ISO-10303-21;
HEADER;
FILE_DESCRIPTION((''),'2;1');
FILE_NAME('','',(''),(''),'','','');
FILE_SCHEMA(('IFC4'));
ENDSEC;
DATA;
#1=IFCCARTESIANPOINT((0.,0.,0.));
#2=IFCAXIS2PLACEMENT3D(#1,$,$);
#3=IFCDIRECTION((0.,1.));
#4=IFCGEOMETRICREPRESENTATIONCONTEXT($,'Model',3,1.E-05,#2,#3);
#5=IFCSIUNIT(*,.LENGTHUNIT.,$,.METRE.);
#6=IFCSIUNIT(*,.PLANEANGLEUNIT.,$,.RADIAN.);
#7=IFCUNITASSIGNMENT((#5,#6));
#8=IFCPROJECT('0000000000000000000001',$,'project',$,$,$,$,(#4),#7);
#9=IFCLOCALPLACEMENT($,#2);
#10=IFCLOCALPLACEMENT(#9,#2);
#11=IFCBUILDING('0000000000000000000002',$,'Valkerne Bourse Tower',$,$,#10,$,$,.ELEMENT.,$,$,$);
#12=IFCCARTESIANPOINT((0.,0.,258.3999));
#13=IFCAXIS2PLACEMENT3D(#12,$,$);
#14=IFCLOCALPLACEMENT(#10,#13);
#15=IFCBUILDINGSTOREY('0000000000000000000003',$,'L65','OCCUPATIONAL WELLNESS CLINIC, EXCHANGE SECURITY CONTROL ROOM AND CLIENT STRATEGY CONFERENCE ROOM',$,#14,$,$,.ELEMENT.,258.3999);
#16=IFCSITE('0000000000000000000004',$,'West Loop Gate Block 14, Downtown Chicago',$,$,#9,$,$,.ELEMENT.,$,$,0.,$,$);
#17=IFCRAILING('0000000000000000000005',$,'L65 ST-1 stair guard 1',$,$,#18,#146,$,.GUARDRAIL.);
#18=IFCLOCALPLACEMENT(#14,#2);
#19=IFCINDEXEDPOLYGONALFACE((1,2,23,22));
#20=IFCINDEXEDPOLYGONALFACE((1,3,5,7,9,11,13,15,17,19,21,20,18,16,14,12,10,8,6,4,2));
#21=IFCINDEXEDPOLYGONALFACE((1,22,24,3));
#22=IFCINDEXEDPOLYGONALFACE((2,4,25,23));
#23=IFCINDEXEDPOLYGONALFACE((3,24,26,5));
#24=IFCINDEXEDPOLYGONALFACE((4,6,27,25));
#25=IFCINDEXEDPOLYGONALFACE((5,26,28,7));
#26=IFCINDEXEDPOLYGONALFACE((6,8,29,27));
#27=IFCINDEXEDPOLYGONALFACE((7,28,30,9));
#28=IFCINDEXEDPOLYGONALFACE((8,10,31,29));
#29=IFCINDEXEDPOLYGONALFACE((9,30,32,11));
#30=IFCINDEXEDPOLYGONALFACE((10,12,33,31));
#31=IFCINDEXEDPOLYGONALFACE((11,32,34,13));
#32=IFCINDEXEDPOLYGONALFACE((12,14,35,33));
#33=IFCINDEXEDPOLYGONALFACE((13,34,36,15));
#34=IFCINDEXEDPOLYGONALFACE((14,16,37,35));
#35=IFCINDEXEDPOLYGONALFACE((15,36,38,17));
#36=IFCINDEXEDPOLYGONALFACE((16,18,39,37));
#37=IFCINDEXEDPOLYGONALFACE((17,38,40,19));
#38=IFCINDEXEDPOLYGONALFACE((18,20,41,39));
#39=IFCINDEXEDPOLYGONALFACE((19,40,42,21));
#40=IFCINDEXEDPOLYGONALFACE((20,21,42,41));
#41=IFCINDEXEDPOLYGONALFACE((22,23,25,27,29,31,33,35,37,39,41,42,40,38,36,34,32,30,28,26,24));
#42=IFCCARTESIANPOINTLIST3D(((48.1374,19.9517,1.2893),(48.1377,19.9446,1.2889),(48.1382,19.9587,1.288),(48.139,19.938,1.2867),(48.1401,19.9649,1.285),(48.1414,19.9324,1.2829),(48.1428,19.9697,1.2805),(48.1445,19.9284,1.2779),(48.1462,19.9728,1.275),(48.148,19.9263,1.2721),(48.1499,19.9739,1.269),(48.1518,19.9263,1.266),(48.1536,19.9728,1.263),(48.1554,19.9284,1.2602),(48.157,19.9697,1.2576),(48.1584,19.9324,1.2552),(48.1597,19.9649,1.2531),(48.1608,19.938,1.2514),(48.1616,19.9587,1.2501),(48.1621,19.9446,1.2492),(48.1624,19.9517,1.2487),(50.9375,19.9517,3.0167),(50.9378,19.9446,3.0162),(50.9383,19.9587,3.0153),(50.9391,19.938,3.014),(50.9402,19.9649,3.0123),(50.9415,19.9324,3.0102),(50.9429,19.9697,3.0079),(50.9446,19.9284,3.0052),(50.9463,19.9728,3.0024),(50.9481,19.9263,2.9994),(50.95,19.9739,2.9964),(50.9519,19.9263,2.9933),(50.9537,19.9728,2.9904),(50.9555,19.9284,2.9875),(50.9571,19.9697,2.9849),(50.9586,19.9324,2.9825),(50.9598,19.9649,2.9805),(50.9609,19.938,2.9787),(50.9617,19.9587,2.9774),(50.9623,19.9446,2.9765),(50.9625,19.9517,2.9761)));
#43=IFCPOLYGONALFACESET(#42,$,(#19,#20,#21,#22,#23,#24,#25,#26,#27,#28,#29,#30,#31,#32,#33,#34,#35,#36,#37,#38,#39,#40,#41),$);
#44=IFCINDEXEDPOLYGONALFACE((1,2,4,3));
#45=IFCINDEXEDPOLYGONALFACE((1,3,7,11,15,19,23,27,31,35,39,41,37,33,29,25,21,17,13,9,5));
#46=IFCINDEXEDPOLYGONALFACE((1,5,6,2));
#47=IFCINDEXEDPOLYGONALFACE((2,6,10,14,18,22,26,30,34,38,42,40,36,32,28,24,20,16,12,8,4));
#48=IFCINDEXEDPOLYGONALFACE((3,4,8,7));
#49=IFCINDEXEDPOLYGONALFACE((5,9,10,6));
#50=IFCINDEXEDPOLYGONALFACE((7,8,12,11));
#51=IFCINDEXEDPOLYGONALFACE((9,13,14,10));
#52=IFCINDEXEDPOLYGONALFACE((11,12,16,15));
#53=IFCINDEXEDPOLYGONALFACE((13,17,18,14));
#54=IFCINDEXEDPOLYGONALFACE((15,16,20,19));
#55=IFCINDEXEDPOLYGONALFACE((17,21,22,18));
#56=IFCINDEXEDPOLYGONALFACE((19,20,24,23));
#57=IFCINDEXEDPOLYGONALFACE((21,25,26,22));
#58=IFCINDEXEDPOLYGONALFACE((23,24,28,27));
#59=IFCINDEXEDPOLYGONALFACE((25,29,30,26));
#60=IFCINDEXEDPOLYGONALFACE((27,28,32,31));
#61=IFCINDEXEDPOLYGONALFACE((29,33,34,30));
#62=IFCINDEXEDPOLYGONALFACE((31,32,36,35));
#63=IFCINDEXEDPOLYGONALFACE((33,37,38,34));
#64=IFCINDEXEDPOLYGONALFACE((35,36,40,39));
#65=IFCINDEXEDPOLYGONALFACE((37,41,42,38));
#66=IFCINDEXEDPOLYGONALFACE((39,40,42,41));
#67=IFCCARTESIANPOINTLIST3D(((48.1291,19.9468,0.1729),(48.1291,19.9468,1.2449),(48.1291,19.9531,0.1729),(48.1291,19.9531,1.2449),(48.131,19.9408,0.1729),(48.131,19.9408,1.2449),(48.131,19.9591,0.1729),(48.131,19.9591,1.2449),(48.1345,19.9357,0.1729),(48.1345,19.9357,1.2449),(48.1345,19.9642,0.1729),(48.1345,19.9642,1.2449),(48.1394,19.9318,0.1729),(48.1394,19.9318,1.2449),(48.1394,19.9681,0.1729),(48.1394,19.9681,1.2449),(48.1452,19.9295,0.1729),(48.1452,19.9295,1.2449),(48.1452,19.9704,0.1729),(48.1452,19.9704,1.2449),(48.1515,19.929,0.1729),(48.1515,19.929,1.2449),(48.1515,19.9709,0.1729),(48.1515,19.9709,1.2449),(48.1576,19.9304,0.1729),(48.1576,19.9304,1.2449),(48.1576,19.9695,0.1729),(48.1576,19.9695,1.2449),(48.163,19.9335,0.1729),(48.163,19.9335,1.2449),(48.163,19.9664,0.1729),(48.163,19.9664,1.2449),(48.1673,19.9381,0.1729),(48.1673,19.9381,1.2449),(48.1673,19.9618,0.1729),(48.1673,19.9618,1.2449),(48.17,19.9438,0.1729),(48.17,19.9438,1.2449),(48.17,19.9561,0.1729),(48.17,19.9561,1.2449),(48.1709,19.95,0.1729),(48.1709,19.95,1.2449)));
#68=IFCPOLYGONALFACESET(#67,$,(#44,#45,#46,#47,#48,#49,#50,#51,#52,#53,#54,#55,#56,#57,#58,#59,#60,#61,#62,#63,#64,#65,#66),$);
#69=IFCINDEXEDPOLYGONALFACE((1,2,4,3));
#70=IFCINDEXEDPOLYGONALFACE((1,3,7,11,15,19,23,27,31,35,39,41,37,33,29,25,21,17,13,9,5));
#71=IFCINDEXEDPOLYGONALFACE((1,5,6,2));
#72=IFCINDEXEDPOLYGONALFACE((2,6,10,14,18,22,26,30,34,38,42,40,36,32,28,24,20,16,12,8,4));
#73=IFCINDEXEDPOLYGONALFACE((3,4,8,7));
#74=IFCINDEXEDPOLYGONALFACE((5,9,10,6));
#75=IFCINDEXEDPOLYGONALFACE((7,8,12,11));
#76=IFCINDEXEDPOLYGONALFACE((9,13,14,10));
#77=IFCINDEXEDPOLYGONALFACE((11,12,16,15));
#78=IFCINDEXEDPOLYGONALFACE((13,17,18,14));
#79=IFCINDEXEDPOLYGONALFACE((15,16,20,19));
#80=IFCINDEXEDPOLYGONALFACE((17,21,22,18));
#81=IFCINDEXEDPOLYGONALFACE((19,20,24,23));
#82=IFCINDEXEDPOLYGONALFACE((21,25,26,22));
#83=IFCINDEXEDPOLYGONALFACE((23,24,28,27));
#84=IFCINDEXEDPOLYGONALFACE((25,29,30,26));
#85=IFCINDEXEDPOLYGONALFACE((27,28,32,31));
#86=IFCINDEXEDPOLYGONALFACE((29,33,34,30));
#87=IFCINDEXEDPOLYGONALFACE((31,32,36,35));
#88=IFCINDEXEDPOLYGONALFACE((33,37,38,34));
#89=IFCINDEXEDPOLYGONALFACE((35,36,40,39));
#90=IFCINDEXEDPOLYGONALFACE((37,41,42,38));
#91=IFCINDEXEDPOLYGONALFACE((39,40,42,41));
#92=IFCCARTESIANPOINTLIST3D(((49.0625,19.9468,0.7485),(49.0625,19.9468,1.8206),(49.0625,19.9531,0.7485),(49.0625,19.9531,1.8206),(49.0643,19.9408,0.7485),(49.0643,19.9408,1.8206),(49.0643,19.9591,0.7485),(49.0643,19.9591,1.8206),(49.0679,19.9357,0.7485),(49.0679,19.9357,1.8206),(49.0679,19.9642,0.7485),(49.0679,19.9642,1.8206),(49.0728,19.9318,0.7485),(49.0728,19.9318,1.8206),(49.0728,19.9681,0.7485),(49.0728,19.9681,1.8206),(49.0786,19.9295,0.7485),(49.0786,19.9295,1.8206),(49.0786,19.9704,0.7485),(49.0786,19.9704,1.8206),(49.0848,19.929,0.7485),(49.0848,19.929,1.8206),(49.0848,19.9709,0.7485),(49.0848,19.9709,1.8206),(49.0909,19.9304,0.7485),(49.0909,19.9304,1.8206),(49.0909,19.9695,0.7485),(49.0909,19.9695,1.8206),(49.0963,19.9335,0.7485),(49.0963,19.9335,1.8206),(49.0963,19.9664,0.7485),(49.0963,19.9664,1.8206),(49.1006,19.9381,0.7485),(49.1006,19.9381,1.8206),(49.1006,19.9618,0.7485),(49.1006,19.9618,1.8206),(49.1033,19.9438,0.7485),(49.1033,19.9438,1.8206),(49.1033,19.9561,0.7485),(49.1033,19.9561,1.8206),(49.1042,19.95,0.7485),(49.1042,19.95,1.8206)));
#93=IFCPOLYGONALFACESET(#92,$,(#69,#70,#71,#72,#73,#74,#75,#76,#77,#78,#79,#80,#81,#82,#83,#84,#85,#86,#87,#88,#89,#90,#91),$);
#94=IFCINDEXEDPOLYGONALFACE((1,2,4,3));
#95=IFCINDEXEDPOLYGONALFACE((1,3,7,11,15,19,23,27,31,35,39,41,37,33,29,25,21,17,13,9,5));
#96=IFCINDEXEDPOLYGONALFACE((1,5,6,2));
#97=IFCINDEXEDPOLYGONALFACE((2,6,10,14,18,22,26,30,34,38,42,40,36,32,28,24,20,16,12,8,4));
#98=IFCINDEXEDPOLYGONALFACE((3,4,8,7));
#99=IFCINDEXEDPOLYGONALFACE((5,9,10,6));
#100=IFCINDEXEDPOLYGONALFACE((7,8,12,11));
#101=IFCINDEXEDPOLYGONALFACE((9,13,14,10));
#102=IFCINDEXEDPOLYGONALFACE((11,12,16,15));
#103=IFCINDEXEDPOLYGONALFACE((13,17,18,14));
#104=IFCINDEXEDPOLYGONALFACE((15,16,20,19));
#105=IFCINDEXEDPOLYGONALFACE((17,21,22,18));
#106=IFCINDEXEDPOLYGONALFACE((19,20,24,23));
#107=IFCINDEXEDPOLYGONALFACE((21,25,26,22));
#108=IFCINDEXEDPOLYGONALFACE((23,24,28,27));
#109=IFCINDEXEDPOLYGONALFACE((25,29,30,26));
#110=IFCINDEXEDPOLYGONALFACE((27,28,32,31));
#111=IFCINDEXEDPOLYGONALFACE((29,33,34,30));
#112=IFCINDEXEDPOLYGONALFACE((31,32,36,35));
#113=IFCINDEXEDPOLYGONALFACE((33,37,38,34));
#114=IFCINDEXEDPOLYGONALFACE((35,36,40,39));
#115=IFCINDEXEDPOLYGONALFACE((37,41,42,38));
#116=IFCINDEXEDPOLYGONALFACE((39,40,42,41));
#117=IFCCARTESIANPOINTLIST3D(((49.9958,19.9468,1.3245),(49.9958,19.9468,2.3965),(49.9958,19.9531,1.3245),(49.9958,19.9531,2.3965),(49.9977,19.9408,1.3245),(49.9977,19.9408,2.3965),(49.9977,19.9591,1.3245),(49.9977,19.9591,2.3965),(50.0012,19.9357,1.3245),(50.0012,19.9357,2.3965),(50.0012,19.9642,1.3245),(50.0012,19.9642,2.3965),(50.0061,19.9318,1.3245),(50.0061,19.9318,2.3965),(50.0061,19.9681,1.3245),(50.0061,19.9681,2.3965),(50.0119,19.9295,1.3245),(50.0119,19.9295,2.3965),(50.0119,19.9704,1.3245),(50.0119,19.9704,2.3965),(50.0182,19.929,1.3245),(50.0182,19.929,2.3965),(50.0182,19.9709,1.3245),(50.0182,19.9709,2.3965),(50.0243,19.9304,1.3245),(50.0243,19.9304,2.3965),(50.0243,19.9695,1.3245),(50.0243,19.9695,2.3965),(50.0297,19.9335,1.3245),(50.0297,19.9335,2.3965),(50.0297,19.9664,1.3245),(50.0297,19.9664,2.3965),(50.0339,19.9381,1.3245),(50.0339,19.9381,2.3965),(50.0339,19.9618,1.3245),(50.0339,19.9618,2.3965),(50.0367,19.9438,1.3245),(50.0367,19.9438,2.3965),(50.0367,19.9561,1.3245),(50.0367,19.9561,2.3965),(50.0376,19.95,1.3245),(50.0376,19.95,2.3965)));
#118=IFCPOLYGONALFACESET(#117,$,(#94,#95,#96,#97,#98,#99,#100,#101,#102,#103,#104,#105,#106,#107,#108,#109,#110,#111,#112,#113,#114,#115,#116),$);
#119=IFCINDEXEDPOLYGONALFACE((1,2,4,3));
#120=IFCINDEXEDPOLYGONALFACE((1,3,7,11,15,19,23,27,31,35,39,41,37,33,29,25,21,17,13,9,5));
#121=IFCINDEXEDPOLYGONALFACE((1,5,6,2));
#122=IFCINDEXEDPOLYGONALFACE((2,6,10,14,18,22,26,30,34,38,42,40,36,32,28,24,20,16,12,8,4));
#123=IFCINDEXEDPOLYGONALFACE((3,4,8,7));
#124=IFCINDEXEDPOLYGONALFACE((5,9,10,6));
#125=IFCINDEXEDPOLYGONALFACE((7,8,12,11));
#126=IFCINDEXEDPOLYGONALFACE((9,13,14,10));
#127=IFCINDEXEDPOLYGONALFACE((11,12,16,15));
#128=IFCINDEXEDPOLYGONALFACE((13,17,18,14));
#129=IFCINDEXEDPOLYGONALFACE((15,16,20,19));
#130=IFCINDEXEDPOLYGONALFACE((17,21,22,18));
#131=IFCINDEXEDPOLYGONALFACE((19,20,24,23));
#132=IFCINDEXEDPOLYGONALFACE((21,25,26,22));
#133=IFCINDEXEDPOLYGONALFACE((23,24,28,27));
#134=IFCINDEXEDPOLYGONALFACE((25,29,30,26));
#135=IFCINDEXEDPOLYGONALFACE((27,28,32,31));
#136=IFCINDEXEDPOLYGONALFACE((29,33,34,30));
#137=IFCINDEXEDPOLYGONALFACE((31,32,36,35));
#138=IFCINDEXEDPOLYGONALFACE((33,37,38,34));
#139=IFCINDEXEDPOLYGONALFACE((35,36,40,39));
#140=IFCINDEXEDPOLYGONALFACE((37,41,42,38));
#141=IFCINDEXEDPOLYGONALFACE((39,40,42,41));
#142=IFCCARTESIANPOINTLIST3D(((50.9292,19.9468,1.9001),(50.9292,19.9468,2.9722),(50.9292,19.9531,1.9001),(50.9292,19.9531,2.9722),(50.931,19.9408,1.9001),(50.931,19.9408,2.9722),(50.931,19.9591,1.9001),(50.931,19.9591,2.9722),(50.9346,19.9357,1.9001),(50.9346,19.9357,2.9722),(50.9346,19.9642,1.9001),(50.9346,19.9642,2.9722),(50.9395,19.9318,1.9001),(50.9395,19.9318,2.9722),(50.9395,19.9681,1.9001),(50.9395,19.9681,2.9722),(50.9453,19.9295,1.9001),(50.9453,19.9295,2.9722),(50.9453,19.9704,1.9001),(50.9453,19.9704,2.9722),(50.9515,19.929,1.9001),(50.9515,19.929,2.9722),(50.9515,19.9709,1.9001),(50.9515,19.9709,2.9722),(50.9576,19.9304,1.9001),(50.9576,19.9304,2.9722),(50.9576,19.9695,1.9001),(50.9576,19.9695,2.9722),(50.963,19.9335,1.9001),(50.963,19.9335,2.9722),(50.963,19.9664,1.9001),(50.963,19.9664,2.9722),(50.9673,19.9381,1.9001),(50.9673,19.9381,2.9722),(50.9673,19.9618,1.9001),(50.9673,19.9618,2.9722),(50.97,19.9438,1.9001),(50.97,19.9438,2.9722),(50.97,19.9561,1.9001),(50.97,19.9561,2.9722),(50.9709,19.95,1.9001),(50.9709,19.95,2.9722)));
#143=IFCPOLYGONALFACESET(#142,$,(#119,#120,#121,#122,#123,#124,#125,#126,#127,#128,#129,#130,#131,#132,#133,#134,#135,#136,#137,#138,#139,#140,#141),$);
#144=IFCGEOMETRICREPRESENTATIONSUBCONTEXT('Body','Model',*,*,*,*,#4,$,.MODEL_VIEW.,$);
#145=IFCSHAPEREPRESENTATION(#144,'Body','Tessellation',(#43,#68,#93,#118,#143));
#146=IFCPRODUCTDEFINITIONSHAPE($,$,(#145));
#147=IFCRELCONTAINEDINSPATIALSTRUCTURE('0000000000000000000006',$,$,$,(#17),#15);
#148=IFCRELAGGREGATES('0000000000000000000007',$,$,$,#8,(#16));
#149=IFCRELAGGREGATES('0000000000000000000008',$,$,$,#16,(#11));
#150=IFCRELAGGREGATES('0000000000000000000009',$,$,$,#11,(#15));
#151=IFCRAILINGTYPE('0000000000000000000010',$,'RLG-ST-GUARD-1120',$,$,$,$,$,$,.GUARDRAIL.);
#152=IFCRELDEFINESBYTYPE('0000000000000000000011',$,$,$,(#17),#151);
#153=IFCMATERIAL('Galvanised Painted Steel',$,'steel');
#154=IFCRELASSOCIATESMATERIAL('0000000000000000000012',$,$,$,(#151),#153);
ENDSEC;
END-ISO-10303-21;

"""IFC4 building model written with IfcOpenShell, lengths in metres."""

from ifc_helpers import new_model, si_unit, direction, frame, origin, origin_2d, place, context, subcontext, project, spatial, circle, extrude, material, type_object, element, save


model = new_model("IFC4")

# Units and contexts
model_context = context("Model", 3, precision=1e-05, world=origin(), true_north=direction((0.0, 1.0)))
body_context = subcontext(model_context, "Body", "Model", "MODEL_VIEW")
ifc_project = project(units=[si_unit("LENGTHUNIT", "METRE"), si_unit("PLANEANGLEUNIT", "RADIAN")], contexts=[model_context])

# Site, building, storey
site_placement = place(None, origin())
site = spatial("IfcSite", under=ifc_project, at=site_placement, Name="West Loop Gate Block 14, Downtown Chicago", CompositionType="ELEMENT", RefElevation=0.0)
building_placement = place(site_placement, origin())
building = spatial("IfcBuilding", under=site, at=building_placement, Name="Valkerne Bourse Tower", CompositionType="ELEMENT")
storey_placement = place(building_placement, frame((0.0, 0.0, 258.3999)))
storey = spatial("IfcBuildingStorey", under=building, at=storey_placement, Name="L65", Description="OCCUPATIONAL WELLNESS CLINIC, EXCHANGE SECURITY CONTROL ROOM AND CLIENT STRATEGY CONFERENCE ROOM", CompositionType="ELEMENT", Elevation=258.3999)

# Shared definitions
ifc_material_1 = material(Name="Galvanised Painted Steel", Category="steel")

# Railing
railing_type_1 = type_object("IfcRailingType", Name="RLG-ST-GUARD-1120", PredefinedType="GUARDRAIL", material=ifc_material_1)
railing_1_placement = place(storey_placement, frame((48.1499, 19.95, 0.1729)))
element("IfcRailing", 1, at=railing_1_placement, inside=storey, type_object=railing_type_1, Name="L65 ST-1 stair guard 1", PredefinedType="GUARDRAIL", context=body_context, shape_type="SweptSolid", body=[
    extrude(circle(Radius=0.0239, at=origin_2d()), frame((0.0, 0.0, 1.0962), z_axis=(0.85109, 0.0, 0.52502), x_axis=(0.0, 1.0, 0.0)), (0.0, 0.0, 1.0), 3.29),
    extrude(circle(Radius=0.021, at=origin_2d()), origin(), (0.0, 0.0, 1.0), 1.072),
    extrude(circle(Radius=0.021, at=origin_2d()), frame((0.9333, 0.0, 0.5757)), (0.0, 0.0, 1.0), 1.072),
    extrude(circle(Radius=0.021, at=origin_2d()), frame((1.8667, 0.0, 1.1516)), (0.0, 0.0, 1.0), 1.072),
    extrude(circle(Radius=0.021, at=origin_2d()), frame((2.8, 0.0, 1.7273)), (0.0, 0.0, 1.0), 1.072),
])

save(model, "model.ifc")
